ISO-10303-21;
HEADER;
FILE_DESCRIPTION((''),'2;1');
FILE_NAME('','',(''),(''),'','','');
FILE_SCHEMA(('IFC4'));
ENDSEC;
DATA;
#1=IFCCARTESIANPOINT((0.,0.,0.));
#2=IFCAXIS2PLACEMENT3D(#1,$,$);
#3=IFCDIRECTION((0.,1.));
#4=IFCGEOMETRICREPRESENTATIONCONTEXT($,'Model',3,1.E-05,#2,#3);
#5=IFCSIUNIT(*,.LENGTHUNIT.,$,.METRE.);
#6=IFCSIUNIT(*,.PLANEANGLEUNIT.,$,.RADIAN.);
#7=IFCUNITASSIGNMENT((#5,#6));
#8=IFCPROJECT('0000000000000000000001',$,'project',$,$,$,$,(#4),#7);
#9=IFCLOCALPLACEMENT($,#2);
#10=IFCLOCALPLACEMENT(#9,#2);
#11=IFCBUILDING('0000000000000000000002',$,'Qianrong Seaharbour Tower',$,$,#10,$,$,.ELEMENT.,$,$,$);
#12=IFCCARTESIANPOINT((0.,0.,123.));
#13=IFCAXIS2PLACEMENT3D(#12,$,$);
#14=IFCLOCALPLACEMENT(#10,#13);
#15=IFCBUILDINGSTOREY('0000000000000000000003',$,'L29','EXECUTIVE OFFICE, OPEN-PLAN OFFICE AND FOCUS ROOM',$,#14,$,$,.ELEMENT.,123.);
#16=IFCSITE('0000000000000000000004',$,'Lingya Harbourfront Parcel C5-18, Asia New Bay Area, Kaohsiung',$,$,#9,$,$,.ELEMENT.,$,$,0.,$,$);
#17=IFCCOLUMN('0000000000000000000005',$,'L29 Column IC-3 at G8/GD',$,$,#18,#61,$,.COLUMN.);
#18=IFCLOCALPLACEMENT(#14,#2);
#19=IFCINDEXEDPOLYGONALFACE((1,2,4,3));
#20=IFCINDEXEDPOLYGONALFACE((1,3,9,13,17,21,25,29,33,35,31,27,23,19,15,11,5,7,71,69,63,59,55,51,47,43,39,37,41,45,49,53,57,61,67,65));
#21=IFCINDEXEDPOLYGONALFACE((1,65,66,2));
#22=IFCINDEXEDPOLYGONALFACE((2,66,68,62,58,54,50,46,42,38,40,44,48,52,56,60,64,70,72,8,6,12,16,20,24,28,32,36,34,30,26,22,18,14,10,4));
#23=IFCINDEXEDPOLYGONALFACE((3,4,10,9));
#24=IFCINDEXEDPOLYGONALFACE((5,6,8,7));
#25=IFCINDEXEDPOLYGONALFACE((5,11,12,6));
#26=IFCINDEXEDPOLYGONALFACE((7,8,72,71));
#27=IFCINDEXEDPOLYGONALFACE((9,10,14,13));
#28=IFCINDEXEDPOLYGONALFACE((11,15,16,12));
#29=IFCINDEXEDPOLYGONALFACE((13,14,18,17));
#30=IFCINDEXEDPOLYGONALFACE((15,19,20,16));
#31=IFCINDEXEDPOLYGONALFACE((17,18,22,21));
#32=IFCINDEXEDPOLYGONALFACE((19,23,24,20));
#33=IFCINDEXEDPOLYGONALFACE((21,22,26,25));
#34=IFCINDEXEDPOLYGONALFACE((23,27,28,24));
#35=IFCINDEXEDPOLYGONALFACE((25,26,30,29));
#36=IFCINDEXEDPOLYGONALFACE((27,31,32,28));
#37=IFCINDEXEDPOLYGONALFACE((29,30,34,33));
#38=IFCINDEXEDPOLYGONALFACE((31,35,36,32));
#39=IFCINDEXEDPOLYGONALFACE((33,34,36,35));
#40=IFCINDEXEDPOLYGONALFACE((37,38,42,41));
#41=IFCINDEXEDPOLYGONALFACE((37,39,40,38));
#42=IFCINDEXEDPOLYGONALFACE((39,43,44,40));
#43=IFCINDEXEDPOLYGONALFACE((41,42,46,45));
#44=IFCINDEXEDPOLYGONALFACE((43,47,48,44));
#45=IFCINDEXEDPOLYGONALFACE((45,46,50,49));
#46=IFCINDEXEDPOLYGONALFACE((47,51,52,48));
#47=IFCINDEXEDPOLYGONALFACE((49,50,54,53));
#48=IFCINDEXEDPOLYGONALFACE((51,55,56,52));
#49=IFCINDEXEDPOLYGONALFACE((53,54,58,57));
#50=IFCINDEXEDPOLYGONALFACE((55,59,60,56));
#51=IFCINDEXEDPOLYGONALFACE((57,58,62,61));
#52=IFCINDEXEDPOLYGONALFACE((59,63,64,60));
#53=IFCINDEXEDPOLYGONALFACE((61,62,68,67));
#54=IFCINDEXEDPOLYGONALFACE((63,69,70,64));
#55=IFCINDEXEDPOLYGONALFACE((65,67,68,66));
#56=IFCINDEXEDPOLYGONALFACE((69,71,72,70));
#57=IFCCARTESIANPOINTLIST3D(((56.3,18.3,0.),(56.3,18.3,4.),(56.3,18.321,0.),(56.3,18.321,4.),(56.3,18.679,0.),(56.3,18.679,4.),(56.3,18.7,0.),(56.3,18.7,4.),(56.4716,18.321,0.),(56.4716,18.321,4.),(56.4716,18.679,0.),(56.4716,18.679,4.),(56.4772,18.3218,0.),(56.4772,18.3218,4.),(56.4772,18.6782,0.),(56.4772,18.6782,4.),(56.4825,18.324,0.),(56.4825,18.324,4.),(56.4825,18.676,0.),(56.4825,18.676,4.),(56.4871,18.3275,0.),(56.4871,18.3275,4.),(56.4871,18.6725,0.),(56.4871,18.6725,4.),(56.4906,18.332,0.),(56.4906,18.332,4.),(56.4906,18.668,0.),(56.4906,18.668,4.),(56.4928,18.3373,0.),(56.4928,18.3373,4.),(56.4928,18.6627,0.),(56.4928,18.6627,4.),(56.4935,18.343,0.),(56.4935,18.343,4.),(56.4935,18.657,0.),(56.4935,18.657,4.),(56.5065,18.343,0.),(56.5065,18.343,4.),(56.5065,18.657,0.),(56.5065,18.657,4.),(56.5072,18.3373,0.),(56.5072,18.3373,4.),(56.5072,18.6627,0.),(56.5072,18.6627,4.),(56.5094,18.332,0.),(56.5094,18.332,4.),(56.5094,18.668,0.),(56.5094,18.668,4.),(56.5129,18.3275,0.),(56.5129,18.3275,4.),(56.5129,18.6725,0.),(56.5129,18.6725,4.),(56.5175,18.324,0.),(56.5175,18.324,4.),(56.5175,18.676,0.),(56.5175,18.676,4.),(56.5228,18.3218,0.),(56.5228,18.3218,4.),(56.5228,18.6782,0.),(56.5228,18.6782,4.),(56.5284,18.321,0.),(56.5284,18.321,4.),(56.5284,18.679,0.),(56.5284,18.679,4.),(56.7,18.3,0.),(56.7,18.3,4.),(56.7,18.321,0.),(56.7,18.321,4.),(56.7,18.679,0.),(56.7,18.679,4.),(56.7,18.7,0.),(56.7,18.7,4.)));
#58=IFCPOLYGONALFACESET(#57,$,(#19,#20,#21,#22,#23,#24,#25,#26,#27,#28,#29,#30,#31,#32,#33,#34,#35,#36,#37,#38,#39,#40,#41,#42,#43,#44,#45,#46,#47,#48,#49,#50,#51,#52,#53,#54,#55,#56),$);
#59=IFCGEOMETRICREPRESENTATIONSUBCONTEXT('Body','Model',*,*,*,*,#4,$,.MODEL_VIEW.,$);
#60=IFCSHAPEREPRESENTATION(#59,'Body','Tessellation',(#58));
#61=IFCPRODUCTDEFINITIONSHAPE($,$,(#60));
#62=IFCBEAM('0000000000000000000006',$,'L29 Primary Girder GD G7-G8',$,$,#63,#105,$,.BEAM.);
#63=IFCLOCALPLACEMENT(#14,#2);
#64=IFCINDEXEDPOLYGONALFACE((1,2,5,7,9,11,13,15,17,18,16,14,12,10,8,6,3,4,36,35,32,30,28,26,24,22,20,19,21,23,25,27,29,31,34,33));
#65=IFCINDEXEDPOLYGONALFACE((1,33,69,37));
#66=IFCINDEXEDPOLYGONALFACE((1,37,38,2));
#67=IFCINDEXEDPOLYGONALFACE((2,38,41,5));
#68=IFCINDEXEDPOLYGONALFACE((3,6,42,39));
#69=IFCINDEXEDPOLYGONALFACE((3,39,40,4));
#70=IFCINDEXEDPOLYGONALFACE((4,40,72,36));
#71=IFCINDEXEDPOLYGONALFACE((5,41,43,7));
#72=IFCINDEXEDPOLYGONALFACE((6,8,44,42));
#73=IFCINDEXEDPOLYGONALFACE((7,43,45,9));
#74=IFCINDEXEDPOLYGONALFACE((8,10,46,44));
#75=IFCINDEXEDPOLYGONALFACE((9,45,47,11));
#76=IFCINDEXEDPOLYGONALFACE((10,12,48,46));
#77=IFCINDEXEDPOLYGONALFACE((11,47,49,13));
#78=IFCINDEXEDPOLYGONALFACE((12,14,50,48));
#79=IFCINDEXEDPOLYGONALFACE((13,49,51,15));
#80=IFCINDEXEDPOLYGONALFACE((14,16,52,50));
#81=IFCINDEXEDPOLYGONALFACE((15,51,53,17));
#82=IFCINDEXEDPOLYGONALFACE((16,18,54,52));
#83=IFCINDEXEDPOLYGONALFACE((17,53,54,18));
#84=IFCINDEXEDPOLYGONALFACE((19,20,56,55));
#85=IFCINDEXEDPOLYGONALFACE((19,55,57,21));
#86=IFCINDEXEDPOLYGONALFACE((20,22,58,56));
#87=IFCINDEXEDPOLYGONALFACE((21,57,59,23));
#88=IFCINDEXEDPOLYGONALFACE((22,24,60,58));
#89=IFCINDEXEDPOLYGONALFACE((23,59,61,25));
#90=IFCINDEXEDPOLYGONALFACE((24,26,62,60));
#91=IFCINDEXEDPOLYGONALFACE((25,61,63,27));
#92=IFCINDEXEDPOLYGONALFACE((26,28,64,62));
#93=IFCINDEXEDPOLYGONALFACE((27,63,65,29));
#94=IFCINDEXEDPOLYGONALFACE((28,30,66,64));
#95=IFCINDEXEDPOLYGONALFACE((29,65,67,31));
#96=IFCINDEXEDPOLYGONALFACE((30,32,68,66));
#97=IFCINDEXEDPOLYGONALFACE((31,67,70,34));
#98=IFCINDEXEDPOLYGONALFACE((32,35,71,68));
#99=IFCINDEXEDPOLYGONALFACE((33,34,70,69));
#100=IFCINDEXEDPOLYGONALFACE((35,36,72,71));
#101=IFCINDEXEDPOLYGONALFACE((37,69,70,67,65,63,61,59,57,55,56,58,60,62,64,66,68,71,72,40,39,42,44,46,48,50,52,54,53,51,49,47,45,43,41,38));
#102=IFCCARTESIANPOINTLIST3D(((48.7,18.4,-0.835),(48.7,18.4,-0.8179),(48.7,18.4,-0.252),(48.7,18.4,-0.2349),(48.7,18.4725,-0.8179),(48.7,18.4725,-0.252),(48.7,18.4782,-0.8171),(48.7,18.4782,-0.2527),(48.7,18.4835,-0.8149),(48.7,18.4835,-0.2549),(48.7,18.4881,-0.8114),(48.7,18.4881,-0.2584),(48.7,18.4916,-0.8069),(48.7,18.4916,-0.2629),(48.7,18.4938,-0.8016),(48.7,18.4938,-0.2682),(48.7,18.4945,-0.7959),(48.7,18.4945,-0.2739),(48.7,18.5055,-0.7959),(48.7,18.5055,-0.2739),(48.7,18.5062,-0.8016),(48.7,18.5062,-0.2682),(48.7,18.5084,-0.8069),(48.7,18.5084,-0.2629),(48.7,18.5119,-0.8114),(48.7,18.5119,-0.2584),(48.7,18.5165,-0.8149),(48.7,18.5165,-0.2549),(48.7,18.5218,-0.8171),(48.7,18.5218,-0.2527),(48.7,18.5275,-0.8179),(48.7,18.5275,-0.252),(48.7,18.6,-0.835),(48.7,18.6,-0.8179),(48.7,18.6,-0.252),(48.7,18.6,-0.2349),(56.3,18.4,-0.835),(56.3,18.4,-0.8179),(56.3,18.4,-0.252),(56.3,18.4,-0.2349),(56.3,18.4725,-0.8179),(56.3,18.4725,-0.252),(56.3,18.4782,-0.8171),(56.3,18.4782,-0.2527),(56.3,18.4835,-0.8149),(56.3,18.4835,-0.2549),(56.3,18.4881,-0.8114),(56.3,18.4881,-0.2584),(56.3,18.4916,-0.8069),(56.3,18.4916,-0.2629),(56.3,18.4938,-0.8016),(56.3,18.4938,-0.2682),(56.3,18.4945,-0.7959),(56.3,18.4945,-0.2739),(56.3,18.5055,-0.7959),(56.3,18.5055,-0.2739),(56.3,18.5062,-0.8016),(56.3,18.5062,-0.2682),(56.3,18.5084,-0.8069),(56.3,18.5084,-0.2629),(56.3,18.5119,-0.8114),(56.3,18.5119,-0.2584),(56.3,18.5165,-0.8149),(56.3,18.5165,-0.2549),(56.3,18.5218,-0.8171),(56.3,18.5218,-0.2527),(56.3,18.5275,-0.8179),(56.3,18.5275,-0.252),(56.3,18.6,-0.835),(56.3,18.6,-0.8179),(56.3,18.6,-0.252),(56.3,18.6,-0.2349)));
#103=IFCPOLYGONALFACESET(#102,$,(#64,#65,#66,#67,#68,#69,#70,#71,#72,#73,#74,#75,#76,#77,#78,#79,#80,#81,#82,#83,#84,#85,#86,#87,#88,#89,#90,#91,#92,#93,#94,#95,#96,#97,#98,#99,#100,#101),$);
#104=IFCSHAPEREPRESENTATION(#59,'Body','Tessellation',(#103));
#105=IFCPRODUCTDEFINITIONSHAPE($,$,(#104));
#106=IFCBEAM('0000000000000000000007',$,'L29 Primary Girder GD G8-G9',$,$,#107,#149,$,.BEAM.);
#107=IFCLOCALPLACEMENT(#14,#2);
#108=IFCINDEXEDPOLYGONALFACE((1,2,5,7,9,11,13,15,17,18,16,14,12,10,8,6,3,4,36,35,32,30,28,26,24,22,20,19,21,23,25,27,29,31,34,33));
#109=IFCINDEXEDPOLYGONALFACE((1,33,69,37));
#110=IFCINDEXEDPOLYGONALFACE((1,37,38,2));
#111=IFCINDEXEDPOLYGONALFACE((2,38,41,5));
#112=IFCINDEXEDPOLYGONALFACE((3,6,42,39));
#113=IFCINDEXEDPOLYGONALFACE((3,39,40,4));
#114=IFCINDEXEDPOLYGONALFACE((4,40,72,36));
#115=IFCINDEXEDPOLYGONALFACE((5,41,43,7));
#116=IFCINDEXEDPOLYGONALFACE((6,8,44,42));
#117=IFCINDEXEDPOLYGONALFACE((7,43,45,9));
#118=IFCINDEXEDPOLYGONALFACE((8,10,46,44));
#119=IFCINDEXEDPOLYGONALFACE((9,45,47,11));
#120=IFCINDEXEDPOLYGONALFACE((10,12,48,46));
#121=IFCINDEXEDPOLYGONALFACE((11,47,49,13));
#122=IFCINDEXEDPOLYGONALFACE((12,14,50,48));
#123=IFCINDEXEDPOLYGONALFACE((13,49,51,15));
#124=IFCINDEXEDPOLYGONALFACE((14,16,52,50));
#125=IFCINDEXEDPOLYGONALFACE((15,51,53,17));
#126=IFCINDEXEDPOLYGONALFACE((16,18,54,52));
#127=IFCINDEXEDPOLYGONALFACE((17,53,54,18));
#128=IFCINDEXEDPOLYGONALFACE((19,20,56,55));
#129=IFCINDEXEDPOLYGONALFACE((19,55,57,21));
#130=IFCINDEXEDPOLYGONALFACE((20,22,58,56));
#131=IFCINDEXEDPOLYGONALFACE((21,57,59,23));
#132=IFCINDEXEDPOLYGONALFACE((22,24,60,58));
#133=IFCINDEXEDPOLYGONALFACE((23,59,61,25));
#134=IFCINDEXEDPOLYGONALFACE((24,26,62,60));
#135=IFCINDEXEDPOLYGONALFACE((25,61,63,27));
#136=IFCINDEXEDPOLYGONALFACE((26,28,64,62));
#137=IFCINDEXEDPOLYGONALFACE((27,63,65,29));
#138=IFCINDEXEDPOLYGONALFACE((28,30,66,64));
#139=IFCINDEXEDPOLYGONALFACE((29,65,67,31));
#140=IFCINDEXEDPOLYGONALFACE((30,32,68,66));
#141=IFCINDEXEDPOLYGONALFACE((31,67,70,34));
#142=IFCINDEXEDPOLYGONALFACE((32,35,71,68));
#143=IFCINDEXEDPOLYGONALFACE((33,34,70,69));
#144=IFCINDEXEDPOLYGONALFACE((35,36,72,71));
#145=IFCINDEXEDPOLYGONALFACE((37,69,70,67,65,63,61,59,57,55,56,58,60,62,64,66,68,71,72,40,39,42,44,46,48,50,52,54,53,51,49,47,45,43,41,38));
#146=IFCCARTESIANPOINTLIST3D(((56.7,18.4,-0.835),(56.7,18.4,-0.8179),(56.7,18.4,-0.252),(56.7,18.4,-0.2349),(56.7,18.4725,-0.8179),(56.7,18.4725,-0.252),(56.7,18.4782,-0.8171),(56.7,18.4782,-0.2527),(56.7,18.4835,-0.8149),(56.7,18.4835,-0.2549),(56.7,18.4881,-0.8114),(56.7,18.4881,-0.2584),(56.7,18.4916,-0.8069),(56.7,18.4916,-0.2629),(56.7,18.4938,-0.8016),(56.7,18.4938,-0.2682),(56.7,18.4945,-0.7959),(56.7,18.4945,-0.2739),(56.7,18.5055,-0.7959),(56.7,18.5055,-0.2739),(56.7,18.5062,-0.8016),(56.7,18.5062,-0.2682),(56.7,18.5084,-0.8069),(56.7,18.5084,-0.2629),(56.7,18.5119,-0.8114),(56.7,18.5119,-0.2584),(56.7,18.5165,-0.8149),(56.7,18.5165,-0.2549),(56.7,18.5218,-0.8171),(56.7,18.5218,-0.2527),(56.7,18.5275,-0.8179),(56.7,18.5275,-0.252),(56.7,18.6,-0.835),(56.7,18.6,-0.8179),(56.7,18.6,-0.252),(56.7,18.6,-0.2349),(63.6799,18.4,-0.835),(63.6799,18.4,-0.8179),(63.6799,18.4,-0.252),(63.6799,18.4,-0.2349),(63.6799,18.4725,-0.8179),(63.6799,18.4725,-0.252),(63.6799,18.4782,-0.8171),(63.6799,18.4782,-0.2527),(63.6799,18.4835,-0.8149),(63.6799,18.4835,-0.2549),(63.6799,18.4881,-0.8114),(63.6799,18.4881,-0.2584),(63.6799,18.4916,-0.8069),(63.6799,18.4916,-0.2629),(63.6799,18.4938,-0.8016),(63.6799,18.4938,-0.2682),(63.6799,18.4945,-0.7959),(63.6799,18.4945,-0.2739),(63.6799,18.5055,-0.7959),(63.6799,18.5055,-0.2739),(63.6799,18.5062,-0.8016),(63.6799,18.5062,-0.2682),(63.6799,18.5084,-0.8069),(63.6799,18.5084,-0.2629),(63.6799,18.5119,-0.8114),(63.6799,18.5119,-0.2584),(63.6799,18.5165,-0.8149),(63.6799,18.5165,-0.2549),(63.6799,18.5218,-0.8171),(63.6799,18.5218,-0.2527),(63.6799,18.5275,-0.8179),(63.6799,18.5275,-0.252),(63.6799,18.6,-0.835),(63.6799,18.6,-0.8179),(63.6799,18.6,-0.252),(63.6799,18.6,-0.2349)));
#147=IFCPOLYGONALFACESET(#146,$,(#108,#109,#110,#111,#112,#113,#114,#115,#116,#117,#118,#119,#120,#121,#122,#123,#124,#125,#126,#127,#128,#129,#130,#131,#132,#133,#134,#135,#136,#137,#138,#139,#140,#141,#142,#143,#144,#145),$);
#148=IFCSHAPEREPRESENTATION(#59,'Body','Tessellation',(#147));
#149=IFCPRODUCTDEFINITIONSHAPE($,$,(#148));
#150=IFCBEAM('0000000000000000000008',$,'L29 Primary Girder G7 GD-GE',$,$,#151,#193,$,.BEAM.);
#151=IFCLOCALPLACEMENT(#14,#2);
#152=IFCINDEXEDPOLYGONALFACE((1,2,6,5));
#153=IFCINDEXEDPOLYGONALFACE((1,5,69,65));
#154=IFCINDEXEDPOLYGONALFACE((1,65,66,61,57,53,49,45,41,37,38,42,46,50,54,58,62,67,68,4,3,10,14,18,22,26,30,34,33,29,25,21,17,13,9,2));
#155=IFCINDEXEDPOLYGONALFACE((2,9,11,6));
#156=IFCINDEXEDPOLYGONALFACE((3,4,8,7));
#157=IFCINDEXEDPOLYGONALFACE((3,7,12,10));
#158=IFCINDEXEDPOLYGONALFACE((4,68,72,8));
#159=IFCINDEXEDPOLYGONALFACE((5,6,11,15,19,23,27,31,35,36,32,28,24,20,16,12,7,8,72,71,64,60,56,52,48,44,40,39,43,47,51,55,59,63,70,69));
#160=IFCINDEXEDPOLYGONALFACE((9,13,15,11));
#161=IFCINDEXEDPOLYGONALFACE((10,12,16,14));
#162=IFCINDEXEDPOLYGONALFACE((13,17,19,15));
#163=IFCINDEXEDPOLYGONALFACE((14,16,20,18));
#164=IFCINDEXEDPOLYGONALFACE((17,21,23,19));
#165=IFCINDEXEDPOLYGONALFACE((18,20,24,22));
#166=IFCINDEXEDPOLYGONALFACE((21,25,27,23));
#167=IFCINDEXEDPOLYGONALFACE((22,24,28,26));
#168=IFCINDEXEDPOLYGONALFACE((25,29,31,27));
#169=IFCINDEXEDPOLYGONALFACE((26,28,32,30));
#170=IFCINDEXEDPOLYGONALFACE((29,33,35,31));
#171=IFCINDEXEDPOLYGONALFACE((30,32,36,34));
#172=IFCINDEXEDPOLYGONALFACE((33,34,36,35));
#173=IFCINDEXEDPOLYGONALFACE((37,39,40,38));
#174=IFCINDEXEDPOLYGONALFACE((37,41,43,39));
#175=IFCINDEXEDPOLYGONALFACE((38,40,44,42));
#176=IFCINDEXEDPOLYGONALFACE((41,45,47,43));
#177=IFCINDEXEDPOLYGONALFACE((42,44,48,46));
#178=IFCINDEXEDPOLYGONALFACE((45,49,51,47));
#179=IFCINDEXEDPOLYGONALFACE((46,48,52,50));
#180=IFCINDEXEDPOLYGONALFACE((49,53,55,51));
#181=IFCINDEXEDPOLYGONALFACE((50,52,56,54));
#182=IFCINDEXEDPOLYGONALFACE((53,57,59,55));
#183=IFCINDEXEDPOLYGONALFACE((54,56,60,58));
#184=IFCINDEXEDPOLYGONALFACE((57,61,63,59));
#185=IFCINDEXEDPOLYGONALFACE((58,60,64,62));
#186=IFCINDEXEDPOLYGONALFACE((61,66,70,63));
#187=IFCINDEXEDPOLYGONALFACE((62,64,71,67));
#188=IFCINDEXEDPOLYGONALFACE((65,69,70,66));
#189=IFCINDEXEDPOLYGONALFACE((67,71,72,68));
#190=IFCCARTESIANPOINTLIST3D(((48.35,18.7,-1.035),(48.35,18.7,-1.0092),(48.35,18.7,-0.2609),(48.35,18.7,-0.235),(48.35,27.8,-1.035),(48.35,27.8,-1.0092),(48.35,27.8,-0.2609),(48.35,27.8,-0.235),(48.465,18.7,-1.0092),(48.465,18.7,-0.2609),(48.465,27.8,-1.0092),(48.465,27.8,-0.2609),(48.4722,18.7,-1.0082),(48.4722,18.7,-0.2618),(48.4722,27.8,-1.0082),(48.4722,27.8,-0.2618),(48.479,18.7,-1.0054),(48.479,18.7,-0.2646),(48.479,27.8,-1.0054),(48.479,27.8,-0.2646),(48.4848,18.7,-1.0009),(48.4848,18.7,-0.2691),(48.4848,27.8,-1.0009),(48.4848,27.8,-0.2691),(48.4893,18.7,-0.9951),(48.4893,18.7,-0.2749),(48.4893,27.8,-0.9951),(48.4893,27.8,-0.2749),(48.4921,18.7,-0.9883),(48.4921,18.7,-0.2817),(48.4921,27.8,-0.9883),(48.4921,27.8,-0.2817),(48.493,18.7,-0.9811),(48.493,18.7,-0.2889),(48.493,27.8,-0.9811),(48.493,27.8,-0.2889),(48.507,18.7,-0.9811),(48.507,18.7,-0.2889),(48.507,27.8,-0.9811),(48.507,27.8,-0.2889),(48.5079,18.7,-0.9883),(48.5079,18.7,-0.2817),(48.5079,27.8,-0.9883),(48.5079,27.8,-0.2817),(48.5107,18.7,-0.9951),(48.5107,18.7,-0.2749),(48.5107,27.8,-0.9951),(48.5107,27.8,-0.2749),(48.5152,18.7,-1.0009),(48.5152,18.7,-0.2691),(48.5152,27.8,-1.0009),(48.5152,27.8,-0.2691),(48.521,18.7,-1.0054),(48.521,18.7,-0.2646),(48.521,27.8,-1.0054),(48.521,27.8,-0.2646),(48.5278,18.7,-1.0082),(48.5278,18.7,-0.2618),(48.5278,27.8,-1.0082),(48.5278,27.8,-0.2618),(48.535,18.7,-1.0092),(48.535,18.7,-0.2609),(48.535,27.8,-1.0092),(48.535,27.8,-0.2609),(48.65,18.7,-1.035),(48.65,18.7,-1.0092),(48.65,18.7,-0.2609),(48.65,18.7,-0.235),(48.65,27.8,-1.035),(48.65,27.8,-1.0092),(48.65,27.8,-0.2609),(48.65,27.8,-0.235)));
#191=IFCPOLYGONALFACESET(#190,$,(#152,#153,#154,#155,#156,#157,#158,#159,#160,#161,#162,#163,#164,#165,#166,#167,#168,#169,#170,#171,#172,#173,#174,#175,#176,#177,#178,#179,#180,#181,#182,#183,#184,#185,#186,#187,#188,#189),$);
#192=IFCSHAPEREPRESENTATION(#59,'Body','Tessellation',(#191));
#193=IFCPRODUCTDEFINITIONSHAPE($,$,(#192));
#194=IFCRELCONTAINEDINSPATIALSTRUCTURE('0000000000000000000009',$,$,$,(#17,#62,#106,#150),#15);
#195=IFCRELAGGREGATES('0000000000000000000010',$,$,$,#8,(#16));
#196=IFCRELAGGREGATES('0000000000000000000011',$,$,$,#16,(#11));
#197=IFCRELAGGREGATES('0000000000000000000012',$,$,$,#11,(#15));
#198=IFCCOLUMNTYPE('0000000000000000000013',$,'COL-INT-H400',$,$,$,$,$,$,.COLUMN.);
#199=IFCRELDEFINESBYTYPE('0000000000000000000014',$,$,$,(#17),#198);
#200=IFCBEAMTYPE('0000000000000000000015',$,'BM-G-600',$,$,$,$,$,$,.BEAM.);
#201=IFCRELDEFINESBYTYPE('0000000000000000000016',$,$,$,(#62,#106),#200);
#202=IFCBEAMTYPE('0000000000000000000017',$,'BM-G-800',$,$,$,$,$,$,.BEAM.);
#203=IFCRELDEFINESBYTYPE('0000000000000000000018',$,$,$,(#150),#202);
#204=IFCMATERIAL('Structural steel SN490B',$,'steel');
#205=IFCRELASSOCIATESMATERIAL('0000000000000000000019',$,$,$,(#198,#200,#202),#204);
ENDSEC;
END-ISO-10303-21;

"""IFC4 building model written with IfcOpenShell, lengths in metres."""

from ifc_helpers import new_model, si_unit, direction, frame, origin, origin_2d, place, context, subcontext, project, spatial, i_section, extrude, material, material_profile, profile_set, type_object, element, save


model = new_model("IFC4")

# Units and contexts
model_context = context("Model", 3, precision=1e-05, world=origin(), true_north=direction((0.0, 1.0)))
body_context = subcontext(model_context, "Body", "Model", "MODEL_VIEW")
ifc_project = project(units=[si_unit("LENGTHUNIT", "METRE"), si_unit("PLANEANGLEUNIT", "RADIAN")], contexts=[model_context])

# Site, building, storey
site_placement = place(None, origin())
site = spatial("IfcSite", under=ifc_project, at=site_placement, Name="Lingya Harbourfront Parcel C5-18, Asia New Bay Area, Kaohsiung", CompositionType="ELEMENT", RefElevation=0.0)
building_placement = place(site_placement, origin())
building = spatial("IfcBuilding", under=site, at=building_placement, Name="Qianrong Seaharbour Tower", CompositionType="ELEMENT")
storey_placement = place(building_placement, frame((0.0, 0.0, 123.0)))
storey = spatial("IfcBuildingStorey", under=building, at=storey_placement, Name="L29", Description="EXECUTIVE OFFICE, OPEN-PLAN OFFICE AND FOCUS ROOM", CompositionType="ELEMENT", Elevation=123.0)

# Column
ifc_material_1 = material(Name="Structural steel SN490B", Category="steel")
ifc_material_profile_1 = material_profile(ifc_material_1, i_section(OverallWidth=0.3999, OverallDepth=0.3999, WebThickness=0.0129, FlangeThickness=0.021, FilletRadius=0.022, at=origin_2d()), Name="H400x400x13x21")
ifc_profile_set_1 = profile_set([ifc_material_profile_1], Name="Structural steel SN490B")
column_type = type_object("IfcColumnType", Name="COL-INT-H400", PredefinedType="COLUMN", material=ifc_profile_set_1)
column_placement = place(storey_placement, frame((56.5, 18.5, 0.0), z_axis=(0.0, 0.0, 1.0), x_axis=(1.0, 0.0, 0.0)))
element("IfcColumn", 1, at=column_placement, inside=storey, type_object=column_type, Name="L29 Column IC-3 at G8/GD", PredefinedType="COLUMN", context=body_context, shape_type="SweptSolid", body=[
    extrude(i_section(OverallWidth=0.3999, OverallDepth=0.3999, WebThickness=0.0129, FlangeThickness=0.021, FilletRadius=0.022, at=origin_2d()), origin(), (0.0, 0.0, 1.0), 4.0),
])

# Beams
ifc_material_profile_2 = material_profile(ifc_material_1, i_section(OverallWidth=0.2, OverallDepth=0.6001, WebThickness=0.011, FlangeThickness=0.0171, FilletRadius=0.022, at=origin_2d()), Name="H600x200x11x17")
ifc_profile_set_2 = profile_set([ifc_material_profile_2], Name="Structural steel SN490B")
beam_type_1 = type_object("IfcBeamType", Name="BM-G-600", PredefinedType="BEAM", material=ifc_profile_set_2)
beam_1_placement = place(storey_placement, frame((48.7, 18.5, -0.5349), z_axis=(1.0, 0.0, 0.0), x_axis=(0.0, 1.0, 0.0)))
element("IfcBeam", 2, at=beam_1_placement, inside=storey, type_object=beam_type_1, Name="L29 Primary Girder GD G7-G8", PredefinedType="BEAM", context=body_context, shape_type="SweptSolid", body=[
    extrude(i_section(OverallWidth=0.2, OverallDepth=0.6001, WebThickness=0.011, FlangeThickness=0.0171, FilletRadius=0.022, at=origin_2d()), origin(), (0.0, 0.0, 1.0), 7.6001),
])
beam_2_placement = place(storey_placement, frame((56.7, 18.5, -0.5349), z_axis=(1.0, 0.0, 0.0), x_axis=(0.0, 1.0, 0.0)))
element("IfcBeam", 3, at=beam_2_placement, inside=storey, type_object=beam_type_1, Name="L29 Primary Girder GD G8-G9", PredefinedType="BEAM", context=body_context, shape_type="SweptSolid", body=[
    extrude(i_section(OverallWidth=0.2, OverallDepth=0.6001, WebThickness=0.011, FlangeThickness=0.0171, FilletRadius=0.022, at=origin_2d()), origin(), (0.0, 0.0, 1.0), 6.98),
])
ifc_material_profile_3 = material_profile(ifc_material_1, i_section(OverallWidth=0.3, OverallDepth=0.8, WebThickness=0.0139, FlangeThickness=0.0259, FilletRadius=0.0281, at=origin_2d()), Name="H800x300x14x26")
ifc_profile_set_3 = profile_set([ifc_material_profile_3], Name="Structural steel SN490B")
beam_type_2 = type_object("IfcBeamType", Name="BM-G-800", PredefinedType="BEAM", material=ifc_profile_set_3)
for number, where, z_axis, x_axis, name in (
    (4, (48.5, 18.7, -0.635), (0.0, 1.0, 0.0), (-1.0, 0.0, 0.0), "L29 Primary Girder G7 GD-GE"),
):
    element("IfcBeam", number, at=place(storey_placement, frame(where, z_axis=z_axis, x_axis=x_axis)), inside=storey, type_object=beam_type_2, Name=name, PredefinedType="BEAM", context=body_context, shape_type="SweptSolid", body=[
        extrude(i_section(OverallWidth=0.3, OverallDepth=0.8, WebThickness=0.0139, FlangeThickness=0.0259, FilletRadius=0.0281, at=origin_2d()), origin(), (0.0, 0.0, 1.0), 9.1001),
    ])

save(model, "model.ifc")
